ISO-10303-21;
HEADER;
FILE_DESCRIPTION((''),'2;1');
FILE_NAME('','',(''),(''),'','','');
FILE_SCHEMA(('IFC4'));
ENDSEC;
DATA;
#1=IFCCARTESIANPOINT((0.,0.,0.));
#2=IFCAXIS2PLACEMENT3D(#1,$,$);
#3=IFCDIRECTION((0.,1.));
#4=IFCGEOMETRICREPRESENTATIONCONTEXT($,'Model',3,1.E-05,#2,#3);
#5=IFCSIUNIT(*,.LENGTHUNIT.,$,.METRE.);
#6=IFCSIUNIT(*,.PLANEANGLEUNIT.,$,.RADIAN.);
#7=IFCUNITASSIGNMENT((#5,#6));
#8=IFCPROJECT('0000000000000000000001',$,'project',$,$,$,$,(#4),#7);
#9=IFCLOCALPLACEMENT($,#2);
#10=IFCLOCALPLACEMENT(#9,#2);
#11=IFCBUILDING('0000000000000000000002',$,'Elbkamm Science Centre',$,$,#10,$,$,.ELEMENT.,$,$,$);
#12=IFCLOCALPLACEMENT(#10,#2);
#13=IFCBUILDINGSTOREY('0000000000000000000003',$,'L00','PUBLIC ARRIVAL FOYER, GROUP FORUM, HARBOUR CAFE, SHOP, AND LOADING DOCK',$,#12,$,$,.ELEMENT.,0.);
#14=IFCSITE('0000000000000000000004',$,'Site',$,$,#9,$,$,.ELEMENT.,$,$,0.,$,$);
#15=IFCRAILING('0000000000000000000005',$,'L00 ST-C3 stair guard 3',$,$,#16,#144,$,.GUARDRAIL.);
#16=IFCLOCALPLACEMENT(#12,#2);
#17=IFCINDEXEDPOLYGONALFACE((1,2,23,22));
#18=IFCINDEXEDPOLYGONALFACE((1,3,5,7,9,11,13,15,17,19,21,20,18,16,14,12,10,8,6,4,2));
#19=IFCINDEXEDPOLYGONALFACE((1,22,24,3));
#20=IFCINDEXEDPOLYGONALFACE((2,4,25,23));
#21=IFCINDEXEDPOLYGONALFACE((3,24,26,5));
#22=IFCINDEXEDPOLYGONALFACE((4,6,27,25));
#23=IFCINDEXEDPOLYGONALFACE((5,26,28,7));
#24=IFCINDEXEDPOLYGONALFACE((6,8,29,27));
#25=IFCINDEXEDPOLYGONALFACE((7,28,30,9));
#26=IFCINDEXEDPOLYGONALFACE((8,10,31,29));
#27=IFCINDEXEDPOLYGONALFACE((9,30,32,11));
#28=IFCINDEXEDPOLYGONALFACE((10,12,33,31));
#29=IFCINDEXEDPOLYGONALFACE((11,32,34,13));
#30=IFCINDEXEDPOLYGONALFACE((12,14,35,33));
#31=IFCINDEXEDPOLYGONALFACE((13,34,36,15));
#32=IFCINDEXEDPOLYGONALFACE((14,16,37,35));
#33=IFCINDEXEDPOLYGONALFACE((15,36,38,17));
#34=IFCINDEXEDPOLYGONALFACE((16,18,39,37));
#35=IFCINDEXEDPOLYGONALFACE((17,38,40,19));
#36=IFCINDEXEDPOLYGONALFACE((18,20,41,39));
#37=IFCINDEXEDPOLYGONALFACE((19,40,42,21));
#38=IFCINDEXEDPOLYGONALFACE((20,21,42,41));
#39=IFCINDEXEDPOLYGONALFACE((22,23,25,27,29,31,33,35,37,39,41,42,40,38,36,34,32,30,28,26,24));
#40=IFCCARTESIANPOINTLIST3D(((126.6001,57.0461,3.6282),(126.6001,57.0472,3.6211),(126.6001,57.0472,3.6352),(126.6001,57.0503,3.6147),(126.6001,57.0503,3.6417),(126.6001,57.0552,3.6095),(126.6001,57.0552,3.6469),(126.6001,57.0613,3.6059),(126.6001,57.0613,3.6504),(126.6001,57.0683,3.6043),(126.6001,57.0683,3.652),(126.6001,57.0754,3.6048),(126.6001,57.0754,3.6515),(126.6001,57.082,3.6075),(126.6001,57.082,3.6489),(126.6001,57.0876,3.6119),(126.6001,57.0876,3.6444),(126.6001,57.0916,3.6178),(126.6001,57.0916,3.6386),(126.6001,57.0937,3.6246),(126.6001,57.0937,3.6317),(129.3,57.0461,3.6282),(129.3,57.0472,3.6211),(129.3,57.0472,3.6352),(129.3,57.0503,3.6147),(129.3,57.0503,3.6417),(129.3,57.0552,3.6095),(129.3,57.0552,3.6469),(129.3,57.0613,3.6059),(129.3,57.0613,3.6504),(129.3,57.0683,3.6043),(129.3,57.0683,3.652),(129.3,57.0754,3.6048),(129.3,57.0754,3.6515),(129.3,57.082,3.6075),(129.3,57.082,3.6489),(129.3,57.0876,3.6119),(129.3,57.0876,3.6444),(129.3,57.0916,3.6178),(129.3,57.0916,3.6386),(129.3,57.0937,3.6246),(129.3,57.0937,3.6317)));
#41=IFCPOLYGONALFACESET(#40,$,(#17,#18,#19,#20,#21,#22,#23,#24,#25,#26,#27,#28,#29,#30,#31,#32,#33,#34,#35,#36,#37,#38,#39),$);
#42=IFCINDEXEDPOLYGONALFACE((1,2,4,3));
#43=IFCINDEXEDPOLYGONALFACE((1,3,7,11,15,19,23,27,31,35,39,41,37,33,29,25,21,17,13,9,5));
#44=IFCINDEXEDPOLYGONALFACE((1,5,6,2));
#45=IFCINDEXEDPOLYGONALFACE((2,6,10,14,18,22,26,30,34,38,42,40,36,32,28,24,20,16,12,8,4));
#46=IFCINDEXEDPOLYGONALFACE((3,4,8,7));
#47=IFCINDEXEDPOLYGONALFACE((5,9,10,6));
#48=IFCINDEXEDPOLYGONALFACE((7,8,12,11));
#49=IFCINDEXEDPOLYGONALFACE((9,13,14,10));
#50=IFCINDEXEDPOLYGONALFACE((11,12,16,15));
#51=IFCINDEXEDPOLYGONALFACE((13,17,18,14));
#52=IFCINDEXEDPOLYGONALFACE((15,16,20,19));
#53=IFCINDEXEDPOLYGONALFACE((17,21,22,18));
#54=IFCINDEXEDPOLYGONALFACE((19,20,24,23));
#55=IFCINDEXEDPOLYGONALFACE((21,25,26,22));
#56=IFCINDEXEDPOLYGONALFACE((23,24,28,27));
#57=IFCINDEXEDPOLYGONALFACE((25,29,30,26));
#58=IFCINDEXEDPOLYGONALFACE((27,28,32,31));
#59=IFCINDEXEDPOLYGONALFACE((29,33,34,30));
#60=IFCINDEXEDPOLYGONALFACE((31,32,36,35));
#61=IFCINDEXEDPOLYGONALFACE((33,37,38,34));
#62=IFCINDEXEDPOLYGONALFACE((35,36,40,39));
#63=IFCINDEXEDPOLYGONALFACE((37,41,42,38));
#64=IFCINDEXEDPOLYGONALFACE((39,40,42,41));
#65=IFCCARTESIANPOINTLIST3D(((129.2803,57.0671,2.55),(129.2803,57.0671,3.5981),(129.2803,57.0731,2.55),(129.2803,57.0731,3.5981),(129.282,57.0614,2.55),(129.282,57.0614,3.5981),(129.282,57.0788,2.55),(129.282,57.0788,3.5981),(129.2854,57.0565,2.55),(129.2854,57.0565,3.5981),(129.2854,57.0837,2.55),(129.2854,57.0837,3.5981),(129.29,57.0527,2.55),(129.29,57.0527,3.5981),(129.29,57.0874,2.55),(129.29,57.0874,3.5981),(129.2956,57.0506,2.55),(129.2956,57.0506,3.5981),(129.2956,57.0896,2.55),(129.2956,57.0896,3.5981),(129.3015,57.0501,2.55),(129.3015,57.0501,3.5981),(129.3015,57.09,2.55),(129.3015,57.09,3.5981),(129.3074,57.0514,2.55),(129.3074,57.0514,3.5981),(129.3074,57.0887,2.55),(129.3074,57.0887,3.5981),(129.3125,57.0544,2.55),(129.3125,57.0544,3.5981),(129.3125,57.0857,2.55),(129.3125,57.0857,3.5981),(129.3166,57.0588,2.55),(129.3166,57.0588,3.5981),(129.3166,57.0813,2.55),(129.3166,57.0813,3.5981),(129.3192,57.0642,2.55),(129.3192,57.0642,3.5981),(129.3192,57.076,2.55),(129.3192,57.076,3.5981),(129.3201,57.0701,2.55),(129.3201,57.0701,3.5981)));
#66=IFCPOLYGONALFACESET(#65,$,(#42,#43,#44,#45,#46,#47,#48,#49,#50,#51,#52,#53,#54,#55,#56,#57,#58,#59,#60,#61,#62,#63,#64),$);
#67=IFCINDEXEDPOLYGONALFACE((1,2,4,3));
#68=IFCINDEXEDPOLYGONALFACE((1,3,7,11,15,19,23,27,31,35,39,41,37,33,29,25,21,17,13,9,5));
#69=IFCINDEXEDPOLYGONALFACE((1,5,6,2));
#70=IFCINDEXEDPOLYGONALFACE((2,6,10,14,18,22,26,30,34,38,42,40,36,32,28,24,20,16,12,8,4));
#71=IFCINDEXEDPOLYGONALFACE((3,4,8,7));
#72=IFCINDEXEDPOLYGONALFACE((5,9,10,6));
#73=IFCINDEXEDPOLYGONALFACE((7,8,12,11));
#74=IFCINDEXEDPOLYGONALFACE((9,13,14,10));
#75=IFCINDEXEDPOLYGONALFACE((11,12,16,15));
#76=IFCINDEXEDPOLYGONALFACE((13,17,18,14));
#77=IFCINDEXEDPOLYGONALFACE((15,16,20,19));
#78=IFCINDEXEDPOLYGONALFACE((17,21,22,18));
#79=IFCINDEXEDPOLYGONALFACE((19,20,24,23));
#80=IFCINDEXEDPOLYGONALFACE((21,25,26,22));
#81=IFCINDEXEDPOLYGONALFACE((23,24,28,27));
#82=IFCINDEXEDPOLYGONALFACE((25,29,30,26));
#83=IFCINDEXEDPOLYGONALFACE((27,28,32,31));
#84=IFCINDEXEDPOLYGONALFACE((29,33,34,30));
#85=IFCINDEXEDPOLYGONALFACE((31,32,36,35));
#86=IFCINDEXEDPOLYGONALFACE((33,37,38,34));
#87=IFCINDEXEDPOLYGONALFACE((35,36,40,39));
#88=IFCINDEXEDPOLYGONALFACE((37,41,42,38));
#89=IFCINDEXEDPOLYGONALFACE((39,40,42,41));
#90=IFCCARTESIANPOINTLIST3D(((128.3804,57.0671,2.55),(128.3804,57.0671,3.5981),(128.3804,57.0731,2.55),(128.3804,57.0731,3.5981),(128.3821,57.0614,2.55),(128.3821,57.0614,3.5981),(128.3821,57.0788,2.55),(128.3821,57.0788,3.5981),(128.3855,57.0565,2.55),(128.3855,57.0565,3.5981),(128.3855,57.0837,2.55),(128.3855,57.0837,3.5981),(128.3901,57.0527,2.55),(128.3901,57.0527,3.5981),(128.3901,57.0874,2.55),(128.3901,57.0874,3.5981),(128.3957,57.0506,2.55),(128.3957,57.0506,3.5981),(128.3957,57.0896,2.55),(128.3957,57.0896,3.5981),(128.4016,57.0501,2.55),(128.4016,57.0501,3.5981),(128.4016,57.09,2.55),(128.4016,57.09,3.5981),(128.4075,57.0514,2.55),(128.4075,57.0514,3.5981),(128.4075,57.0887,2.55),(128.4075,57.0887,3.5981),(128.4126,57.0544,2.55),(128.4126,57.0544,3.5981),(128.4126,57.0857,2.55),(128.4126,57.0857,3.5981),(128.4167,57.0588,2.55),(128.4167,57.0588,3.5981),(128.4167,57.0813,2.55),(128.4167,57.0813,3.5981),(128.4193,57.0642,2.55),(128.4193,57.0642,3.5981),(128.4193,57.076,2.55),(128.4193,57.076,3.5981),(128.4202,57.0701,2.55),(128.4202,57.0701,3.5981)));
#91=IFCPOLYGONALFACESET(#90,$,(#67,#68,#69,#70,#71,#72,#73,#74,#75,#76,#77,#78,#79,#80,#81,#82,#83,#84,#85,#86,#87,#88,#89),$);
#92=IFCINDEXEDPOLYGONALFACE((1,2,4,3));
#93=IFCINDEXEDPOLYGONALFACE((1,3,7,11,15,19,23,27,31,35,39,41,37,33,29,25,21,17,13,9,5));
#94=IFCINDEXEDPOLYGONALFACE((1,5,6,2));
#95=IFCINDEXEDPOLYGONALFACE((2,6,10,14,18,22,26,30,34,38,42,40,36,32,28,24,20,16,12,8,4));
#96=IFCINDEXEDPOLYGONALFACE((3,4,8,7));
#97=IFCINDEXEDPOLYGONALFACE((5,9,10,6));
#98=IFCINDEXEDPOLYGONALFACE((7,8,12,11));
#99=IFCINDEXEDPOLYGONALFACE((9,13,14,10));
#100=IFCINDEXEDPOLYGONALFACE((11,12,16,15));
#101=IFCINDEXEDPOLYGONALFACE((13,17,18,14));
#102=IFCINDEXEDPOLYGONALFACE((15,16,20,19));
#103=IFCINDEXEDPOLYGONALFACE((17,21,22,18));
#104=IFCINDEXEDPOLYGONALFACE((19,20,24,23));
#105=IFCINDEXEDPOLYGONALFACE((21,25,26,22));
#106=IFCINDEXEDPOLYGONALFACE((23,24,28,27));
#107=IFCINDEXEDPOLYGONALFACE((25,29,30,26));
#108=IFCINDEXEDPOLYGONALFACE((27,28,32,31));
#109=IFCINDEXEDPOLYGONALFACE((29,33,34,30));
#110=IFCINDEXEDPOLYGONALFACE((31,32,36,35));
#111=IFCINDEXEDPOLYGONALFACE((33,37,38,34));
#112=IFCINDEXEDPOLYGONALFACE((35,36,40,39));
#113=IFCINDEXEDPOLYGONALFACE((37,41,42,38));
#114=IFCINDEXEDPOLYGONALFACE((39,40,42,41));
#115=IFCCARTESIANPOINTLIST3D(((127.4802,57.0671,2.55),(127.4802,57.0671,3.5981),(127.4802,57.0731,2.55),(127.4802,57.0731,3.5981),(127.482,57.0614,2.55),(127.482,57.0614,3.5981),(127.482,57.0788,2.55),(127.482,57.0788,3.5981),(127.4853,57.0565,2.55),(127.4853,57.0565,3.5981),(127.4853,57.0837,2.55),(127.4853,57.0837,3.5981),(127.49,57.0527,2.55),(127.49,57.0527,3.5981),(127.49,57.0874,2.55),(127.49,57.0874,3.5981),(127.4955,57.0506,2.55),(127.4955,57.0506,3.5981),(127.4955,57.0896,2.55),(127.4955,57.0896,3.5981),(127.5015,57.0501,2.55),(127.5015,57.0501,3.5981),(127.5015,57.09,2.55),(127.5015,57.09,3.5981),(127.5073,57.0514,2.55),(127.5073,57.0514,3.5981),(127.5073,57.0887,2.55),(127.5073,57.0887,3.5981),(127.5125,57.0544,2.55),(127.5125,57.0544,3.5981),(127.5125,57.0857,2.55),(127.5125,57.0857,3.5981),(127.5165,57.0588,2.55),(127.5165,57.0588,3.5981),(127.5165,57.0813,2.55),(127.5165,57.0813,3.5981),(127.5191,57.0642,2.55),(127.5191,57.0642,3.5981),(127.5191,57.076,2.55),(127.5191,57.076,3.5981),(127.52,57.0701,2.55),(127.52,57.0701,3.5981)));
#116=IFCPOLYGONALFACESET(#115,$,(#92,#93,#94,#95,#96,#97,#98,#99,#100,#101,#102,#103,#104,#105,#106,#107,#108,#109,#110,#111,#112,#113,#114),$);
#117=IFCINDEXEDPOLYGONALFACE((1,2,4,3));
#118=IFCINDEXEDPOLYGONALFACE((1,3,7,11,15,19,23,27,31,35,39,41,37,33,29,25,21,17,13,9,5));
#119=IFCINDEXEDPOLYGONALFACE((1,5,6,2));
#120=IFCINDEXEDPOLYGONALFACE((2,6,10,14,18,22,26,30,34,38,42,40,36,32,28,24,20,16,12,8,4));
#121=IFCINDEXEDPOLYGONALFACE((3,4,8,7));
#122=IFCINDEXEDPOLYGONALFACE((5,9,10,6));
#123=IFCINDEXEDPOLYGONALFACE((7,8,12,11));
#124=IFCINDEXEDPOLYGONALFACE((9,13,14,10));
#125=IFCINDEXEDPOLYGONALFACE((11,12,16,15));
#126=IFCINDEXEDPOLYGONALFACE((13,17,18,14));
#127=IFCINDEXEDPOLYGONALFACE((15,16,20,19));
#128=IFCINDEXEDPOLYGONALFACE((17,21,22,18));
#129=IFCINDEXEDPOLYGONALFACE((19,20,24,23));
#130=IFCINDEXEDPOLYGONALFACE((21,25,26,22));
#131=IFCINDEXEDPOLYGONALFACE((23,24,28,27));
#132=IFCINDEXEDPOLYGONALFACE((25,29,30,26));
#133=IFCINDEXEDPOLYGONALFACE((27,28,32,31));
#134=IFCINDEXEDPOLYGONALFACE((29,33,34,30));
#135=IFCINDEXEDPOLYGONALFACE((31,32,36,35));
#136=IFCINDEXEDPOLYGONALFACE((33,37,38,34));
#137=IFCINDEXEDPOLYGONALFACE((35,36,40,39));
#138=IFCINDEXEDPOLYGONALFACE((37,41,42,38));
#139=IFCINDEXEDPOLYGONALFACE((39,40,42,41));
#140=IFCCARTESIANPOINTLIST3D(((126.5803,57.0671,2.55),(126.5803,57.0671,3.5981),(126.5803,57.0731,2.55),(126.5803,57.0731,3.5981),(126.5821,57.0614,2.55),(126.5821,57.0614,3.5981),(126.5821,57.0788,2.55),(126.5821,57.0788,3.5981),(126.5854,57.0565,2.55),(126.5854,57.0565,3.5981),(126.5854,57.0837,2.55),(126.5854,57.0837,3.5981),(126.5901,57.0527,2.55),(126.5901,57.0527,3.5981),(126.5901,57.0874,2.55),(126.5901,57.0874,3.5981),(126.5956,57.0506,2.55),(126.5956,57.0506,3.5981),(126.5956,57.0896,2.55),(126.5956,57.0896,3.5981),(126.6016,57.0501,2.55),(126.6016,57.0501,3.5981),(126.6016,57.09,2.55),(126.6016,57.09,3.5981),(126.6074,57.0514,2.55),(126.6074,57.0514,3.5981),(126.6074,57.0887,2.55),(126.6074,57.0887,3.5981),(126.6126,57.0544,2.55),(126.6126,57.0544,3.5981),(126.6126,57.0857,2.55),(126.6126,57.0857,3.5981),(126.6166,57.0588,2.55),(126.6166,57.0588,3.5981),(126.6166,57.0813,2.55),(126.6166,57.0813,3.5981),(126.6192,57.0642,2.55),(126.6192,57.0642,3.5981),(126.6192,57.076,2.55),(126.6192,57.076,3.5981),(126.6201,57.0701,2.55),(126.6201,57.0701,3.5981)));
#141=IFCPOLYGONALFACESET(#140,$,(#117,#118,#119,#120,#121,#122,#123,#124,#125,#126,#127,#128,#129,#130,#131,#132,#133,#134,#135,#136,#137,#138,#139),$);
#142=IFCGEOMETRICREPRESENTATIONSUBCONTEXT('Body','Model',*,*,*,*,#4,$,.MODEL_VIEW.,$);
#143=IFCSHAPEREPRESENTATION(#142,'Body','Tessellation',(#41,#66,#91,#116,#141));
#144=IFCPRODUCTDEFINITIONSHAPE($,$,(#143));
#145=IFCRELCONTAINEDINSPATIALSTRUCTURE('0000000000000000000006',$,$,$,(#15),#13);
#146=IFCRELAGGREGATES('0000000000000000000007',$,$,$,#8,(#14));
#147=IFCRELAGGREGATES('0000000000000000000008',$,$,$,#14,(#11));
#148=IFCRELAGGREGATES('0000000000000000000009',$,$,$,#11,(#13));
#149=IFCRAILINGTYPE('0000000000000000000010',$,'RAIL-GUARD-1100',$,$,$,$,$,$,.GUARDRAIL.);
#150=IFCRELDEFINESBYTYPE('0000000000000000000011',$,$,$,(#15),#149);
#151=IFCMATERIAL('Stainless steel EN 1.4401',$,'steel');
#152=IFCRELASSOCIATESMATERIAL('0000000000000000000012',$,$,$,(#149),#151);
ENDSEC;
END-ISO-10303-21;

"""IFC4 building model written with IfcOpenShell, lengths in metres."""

from ifc_helpers import new_model, si_unit, direction, frame, origin, origin_2d, place, context, subcontext, project, spatial, circle, extrude, material, type_object, element, save


model = new_model("IFC4")

# Units and contexts
model_context = context("Model", 3, precision=1e-05, world=origin(), true_north=direction((0.0, 1.0)))
body_context = subcontext(model_context, "Body", "Model", "MODEL_VIEW")
ifc_project = project(units=[si_unit("LENGTHUNIT", "METRE"), si_unit("PLANEANGLEUNIT", "RADIAN")], contexts=[model_context])

# Site, building, storey
site_placement = place(None, origin())
site = spatial("IfcSite", under=ifc_project, at=site_placement, Name="Site", CompositionType="ELEMENT", RefElevation=0.0)
building_placement = place(site_placement, origin())
building = spatial("IfcBuilding", under=site, at=building_placement, Name="Elbkamm Science Centre", CompositionType="ELEMENT")
storey_placement = place(building_placement, origin())
storey = spatial("IfcBuildingStorey", under=building, at=storey_placement, Name="L00", Description="PUBLIC ARRIVAL FOYER, GROUP FORUM, HARBOUR CAFE, SHOP, AND LOADING DOCK", CompositionType="ELEMENT", Elevation=0.0)

# Railing
ifc_material_1 = material(Name="Stainless steel EN 1.4401", Category="steel")
railing_type_1 = type_object("IfcRailingType", Name="RAIL-GUARD-1100", PredefinedType="GUARDRAIL", material=ifc_material_1)
railing_1_placement = place(storey_placement, frame((129.3, 57.0701, 2.55)))
element("IfcRailing", 1, at=railing_1_placement, inside=storey, type_object=railing_type_1, Name="L00 ST-C3 stair guard 3", PredefinedType="GUARDRAIL", context=body_context, shape_type="SweptSolid", body=[
    extrude(circle(Radius=0.0239, at=origin_2d()), frame((0.0, 0.0, 1.0781), z_axis=(-1.0, 0.0, 0.0), x_axis=(0.0, -1.0, 0.0)), (0.0, 0.0, 1.0), 2.7),
    extrude(circle(Radius=0.02, at=origin_2d()), origin(), (0.0, 0.0, 1.0), 1.0481),
    extrude(circle(Radius=0.02, at=origin_2d()), frame((-0.8999, 0.0, 0.0)), (0.0, 0.0, 1.0), 1.0481),
    extrude(circle(Radius=0.02, at=origin_2d()), frame((-1.8, 0.0, 0.0)), (0.0, 0.0, 1.0), 1.0481),
    extrude(circle(Radius=0.02, at=origin_2d()), frame((-2.7, 0.0, 0.0)), (0.0, 0.0, 1.0), 1.0481),
])

save(model, "model.ifc")
